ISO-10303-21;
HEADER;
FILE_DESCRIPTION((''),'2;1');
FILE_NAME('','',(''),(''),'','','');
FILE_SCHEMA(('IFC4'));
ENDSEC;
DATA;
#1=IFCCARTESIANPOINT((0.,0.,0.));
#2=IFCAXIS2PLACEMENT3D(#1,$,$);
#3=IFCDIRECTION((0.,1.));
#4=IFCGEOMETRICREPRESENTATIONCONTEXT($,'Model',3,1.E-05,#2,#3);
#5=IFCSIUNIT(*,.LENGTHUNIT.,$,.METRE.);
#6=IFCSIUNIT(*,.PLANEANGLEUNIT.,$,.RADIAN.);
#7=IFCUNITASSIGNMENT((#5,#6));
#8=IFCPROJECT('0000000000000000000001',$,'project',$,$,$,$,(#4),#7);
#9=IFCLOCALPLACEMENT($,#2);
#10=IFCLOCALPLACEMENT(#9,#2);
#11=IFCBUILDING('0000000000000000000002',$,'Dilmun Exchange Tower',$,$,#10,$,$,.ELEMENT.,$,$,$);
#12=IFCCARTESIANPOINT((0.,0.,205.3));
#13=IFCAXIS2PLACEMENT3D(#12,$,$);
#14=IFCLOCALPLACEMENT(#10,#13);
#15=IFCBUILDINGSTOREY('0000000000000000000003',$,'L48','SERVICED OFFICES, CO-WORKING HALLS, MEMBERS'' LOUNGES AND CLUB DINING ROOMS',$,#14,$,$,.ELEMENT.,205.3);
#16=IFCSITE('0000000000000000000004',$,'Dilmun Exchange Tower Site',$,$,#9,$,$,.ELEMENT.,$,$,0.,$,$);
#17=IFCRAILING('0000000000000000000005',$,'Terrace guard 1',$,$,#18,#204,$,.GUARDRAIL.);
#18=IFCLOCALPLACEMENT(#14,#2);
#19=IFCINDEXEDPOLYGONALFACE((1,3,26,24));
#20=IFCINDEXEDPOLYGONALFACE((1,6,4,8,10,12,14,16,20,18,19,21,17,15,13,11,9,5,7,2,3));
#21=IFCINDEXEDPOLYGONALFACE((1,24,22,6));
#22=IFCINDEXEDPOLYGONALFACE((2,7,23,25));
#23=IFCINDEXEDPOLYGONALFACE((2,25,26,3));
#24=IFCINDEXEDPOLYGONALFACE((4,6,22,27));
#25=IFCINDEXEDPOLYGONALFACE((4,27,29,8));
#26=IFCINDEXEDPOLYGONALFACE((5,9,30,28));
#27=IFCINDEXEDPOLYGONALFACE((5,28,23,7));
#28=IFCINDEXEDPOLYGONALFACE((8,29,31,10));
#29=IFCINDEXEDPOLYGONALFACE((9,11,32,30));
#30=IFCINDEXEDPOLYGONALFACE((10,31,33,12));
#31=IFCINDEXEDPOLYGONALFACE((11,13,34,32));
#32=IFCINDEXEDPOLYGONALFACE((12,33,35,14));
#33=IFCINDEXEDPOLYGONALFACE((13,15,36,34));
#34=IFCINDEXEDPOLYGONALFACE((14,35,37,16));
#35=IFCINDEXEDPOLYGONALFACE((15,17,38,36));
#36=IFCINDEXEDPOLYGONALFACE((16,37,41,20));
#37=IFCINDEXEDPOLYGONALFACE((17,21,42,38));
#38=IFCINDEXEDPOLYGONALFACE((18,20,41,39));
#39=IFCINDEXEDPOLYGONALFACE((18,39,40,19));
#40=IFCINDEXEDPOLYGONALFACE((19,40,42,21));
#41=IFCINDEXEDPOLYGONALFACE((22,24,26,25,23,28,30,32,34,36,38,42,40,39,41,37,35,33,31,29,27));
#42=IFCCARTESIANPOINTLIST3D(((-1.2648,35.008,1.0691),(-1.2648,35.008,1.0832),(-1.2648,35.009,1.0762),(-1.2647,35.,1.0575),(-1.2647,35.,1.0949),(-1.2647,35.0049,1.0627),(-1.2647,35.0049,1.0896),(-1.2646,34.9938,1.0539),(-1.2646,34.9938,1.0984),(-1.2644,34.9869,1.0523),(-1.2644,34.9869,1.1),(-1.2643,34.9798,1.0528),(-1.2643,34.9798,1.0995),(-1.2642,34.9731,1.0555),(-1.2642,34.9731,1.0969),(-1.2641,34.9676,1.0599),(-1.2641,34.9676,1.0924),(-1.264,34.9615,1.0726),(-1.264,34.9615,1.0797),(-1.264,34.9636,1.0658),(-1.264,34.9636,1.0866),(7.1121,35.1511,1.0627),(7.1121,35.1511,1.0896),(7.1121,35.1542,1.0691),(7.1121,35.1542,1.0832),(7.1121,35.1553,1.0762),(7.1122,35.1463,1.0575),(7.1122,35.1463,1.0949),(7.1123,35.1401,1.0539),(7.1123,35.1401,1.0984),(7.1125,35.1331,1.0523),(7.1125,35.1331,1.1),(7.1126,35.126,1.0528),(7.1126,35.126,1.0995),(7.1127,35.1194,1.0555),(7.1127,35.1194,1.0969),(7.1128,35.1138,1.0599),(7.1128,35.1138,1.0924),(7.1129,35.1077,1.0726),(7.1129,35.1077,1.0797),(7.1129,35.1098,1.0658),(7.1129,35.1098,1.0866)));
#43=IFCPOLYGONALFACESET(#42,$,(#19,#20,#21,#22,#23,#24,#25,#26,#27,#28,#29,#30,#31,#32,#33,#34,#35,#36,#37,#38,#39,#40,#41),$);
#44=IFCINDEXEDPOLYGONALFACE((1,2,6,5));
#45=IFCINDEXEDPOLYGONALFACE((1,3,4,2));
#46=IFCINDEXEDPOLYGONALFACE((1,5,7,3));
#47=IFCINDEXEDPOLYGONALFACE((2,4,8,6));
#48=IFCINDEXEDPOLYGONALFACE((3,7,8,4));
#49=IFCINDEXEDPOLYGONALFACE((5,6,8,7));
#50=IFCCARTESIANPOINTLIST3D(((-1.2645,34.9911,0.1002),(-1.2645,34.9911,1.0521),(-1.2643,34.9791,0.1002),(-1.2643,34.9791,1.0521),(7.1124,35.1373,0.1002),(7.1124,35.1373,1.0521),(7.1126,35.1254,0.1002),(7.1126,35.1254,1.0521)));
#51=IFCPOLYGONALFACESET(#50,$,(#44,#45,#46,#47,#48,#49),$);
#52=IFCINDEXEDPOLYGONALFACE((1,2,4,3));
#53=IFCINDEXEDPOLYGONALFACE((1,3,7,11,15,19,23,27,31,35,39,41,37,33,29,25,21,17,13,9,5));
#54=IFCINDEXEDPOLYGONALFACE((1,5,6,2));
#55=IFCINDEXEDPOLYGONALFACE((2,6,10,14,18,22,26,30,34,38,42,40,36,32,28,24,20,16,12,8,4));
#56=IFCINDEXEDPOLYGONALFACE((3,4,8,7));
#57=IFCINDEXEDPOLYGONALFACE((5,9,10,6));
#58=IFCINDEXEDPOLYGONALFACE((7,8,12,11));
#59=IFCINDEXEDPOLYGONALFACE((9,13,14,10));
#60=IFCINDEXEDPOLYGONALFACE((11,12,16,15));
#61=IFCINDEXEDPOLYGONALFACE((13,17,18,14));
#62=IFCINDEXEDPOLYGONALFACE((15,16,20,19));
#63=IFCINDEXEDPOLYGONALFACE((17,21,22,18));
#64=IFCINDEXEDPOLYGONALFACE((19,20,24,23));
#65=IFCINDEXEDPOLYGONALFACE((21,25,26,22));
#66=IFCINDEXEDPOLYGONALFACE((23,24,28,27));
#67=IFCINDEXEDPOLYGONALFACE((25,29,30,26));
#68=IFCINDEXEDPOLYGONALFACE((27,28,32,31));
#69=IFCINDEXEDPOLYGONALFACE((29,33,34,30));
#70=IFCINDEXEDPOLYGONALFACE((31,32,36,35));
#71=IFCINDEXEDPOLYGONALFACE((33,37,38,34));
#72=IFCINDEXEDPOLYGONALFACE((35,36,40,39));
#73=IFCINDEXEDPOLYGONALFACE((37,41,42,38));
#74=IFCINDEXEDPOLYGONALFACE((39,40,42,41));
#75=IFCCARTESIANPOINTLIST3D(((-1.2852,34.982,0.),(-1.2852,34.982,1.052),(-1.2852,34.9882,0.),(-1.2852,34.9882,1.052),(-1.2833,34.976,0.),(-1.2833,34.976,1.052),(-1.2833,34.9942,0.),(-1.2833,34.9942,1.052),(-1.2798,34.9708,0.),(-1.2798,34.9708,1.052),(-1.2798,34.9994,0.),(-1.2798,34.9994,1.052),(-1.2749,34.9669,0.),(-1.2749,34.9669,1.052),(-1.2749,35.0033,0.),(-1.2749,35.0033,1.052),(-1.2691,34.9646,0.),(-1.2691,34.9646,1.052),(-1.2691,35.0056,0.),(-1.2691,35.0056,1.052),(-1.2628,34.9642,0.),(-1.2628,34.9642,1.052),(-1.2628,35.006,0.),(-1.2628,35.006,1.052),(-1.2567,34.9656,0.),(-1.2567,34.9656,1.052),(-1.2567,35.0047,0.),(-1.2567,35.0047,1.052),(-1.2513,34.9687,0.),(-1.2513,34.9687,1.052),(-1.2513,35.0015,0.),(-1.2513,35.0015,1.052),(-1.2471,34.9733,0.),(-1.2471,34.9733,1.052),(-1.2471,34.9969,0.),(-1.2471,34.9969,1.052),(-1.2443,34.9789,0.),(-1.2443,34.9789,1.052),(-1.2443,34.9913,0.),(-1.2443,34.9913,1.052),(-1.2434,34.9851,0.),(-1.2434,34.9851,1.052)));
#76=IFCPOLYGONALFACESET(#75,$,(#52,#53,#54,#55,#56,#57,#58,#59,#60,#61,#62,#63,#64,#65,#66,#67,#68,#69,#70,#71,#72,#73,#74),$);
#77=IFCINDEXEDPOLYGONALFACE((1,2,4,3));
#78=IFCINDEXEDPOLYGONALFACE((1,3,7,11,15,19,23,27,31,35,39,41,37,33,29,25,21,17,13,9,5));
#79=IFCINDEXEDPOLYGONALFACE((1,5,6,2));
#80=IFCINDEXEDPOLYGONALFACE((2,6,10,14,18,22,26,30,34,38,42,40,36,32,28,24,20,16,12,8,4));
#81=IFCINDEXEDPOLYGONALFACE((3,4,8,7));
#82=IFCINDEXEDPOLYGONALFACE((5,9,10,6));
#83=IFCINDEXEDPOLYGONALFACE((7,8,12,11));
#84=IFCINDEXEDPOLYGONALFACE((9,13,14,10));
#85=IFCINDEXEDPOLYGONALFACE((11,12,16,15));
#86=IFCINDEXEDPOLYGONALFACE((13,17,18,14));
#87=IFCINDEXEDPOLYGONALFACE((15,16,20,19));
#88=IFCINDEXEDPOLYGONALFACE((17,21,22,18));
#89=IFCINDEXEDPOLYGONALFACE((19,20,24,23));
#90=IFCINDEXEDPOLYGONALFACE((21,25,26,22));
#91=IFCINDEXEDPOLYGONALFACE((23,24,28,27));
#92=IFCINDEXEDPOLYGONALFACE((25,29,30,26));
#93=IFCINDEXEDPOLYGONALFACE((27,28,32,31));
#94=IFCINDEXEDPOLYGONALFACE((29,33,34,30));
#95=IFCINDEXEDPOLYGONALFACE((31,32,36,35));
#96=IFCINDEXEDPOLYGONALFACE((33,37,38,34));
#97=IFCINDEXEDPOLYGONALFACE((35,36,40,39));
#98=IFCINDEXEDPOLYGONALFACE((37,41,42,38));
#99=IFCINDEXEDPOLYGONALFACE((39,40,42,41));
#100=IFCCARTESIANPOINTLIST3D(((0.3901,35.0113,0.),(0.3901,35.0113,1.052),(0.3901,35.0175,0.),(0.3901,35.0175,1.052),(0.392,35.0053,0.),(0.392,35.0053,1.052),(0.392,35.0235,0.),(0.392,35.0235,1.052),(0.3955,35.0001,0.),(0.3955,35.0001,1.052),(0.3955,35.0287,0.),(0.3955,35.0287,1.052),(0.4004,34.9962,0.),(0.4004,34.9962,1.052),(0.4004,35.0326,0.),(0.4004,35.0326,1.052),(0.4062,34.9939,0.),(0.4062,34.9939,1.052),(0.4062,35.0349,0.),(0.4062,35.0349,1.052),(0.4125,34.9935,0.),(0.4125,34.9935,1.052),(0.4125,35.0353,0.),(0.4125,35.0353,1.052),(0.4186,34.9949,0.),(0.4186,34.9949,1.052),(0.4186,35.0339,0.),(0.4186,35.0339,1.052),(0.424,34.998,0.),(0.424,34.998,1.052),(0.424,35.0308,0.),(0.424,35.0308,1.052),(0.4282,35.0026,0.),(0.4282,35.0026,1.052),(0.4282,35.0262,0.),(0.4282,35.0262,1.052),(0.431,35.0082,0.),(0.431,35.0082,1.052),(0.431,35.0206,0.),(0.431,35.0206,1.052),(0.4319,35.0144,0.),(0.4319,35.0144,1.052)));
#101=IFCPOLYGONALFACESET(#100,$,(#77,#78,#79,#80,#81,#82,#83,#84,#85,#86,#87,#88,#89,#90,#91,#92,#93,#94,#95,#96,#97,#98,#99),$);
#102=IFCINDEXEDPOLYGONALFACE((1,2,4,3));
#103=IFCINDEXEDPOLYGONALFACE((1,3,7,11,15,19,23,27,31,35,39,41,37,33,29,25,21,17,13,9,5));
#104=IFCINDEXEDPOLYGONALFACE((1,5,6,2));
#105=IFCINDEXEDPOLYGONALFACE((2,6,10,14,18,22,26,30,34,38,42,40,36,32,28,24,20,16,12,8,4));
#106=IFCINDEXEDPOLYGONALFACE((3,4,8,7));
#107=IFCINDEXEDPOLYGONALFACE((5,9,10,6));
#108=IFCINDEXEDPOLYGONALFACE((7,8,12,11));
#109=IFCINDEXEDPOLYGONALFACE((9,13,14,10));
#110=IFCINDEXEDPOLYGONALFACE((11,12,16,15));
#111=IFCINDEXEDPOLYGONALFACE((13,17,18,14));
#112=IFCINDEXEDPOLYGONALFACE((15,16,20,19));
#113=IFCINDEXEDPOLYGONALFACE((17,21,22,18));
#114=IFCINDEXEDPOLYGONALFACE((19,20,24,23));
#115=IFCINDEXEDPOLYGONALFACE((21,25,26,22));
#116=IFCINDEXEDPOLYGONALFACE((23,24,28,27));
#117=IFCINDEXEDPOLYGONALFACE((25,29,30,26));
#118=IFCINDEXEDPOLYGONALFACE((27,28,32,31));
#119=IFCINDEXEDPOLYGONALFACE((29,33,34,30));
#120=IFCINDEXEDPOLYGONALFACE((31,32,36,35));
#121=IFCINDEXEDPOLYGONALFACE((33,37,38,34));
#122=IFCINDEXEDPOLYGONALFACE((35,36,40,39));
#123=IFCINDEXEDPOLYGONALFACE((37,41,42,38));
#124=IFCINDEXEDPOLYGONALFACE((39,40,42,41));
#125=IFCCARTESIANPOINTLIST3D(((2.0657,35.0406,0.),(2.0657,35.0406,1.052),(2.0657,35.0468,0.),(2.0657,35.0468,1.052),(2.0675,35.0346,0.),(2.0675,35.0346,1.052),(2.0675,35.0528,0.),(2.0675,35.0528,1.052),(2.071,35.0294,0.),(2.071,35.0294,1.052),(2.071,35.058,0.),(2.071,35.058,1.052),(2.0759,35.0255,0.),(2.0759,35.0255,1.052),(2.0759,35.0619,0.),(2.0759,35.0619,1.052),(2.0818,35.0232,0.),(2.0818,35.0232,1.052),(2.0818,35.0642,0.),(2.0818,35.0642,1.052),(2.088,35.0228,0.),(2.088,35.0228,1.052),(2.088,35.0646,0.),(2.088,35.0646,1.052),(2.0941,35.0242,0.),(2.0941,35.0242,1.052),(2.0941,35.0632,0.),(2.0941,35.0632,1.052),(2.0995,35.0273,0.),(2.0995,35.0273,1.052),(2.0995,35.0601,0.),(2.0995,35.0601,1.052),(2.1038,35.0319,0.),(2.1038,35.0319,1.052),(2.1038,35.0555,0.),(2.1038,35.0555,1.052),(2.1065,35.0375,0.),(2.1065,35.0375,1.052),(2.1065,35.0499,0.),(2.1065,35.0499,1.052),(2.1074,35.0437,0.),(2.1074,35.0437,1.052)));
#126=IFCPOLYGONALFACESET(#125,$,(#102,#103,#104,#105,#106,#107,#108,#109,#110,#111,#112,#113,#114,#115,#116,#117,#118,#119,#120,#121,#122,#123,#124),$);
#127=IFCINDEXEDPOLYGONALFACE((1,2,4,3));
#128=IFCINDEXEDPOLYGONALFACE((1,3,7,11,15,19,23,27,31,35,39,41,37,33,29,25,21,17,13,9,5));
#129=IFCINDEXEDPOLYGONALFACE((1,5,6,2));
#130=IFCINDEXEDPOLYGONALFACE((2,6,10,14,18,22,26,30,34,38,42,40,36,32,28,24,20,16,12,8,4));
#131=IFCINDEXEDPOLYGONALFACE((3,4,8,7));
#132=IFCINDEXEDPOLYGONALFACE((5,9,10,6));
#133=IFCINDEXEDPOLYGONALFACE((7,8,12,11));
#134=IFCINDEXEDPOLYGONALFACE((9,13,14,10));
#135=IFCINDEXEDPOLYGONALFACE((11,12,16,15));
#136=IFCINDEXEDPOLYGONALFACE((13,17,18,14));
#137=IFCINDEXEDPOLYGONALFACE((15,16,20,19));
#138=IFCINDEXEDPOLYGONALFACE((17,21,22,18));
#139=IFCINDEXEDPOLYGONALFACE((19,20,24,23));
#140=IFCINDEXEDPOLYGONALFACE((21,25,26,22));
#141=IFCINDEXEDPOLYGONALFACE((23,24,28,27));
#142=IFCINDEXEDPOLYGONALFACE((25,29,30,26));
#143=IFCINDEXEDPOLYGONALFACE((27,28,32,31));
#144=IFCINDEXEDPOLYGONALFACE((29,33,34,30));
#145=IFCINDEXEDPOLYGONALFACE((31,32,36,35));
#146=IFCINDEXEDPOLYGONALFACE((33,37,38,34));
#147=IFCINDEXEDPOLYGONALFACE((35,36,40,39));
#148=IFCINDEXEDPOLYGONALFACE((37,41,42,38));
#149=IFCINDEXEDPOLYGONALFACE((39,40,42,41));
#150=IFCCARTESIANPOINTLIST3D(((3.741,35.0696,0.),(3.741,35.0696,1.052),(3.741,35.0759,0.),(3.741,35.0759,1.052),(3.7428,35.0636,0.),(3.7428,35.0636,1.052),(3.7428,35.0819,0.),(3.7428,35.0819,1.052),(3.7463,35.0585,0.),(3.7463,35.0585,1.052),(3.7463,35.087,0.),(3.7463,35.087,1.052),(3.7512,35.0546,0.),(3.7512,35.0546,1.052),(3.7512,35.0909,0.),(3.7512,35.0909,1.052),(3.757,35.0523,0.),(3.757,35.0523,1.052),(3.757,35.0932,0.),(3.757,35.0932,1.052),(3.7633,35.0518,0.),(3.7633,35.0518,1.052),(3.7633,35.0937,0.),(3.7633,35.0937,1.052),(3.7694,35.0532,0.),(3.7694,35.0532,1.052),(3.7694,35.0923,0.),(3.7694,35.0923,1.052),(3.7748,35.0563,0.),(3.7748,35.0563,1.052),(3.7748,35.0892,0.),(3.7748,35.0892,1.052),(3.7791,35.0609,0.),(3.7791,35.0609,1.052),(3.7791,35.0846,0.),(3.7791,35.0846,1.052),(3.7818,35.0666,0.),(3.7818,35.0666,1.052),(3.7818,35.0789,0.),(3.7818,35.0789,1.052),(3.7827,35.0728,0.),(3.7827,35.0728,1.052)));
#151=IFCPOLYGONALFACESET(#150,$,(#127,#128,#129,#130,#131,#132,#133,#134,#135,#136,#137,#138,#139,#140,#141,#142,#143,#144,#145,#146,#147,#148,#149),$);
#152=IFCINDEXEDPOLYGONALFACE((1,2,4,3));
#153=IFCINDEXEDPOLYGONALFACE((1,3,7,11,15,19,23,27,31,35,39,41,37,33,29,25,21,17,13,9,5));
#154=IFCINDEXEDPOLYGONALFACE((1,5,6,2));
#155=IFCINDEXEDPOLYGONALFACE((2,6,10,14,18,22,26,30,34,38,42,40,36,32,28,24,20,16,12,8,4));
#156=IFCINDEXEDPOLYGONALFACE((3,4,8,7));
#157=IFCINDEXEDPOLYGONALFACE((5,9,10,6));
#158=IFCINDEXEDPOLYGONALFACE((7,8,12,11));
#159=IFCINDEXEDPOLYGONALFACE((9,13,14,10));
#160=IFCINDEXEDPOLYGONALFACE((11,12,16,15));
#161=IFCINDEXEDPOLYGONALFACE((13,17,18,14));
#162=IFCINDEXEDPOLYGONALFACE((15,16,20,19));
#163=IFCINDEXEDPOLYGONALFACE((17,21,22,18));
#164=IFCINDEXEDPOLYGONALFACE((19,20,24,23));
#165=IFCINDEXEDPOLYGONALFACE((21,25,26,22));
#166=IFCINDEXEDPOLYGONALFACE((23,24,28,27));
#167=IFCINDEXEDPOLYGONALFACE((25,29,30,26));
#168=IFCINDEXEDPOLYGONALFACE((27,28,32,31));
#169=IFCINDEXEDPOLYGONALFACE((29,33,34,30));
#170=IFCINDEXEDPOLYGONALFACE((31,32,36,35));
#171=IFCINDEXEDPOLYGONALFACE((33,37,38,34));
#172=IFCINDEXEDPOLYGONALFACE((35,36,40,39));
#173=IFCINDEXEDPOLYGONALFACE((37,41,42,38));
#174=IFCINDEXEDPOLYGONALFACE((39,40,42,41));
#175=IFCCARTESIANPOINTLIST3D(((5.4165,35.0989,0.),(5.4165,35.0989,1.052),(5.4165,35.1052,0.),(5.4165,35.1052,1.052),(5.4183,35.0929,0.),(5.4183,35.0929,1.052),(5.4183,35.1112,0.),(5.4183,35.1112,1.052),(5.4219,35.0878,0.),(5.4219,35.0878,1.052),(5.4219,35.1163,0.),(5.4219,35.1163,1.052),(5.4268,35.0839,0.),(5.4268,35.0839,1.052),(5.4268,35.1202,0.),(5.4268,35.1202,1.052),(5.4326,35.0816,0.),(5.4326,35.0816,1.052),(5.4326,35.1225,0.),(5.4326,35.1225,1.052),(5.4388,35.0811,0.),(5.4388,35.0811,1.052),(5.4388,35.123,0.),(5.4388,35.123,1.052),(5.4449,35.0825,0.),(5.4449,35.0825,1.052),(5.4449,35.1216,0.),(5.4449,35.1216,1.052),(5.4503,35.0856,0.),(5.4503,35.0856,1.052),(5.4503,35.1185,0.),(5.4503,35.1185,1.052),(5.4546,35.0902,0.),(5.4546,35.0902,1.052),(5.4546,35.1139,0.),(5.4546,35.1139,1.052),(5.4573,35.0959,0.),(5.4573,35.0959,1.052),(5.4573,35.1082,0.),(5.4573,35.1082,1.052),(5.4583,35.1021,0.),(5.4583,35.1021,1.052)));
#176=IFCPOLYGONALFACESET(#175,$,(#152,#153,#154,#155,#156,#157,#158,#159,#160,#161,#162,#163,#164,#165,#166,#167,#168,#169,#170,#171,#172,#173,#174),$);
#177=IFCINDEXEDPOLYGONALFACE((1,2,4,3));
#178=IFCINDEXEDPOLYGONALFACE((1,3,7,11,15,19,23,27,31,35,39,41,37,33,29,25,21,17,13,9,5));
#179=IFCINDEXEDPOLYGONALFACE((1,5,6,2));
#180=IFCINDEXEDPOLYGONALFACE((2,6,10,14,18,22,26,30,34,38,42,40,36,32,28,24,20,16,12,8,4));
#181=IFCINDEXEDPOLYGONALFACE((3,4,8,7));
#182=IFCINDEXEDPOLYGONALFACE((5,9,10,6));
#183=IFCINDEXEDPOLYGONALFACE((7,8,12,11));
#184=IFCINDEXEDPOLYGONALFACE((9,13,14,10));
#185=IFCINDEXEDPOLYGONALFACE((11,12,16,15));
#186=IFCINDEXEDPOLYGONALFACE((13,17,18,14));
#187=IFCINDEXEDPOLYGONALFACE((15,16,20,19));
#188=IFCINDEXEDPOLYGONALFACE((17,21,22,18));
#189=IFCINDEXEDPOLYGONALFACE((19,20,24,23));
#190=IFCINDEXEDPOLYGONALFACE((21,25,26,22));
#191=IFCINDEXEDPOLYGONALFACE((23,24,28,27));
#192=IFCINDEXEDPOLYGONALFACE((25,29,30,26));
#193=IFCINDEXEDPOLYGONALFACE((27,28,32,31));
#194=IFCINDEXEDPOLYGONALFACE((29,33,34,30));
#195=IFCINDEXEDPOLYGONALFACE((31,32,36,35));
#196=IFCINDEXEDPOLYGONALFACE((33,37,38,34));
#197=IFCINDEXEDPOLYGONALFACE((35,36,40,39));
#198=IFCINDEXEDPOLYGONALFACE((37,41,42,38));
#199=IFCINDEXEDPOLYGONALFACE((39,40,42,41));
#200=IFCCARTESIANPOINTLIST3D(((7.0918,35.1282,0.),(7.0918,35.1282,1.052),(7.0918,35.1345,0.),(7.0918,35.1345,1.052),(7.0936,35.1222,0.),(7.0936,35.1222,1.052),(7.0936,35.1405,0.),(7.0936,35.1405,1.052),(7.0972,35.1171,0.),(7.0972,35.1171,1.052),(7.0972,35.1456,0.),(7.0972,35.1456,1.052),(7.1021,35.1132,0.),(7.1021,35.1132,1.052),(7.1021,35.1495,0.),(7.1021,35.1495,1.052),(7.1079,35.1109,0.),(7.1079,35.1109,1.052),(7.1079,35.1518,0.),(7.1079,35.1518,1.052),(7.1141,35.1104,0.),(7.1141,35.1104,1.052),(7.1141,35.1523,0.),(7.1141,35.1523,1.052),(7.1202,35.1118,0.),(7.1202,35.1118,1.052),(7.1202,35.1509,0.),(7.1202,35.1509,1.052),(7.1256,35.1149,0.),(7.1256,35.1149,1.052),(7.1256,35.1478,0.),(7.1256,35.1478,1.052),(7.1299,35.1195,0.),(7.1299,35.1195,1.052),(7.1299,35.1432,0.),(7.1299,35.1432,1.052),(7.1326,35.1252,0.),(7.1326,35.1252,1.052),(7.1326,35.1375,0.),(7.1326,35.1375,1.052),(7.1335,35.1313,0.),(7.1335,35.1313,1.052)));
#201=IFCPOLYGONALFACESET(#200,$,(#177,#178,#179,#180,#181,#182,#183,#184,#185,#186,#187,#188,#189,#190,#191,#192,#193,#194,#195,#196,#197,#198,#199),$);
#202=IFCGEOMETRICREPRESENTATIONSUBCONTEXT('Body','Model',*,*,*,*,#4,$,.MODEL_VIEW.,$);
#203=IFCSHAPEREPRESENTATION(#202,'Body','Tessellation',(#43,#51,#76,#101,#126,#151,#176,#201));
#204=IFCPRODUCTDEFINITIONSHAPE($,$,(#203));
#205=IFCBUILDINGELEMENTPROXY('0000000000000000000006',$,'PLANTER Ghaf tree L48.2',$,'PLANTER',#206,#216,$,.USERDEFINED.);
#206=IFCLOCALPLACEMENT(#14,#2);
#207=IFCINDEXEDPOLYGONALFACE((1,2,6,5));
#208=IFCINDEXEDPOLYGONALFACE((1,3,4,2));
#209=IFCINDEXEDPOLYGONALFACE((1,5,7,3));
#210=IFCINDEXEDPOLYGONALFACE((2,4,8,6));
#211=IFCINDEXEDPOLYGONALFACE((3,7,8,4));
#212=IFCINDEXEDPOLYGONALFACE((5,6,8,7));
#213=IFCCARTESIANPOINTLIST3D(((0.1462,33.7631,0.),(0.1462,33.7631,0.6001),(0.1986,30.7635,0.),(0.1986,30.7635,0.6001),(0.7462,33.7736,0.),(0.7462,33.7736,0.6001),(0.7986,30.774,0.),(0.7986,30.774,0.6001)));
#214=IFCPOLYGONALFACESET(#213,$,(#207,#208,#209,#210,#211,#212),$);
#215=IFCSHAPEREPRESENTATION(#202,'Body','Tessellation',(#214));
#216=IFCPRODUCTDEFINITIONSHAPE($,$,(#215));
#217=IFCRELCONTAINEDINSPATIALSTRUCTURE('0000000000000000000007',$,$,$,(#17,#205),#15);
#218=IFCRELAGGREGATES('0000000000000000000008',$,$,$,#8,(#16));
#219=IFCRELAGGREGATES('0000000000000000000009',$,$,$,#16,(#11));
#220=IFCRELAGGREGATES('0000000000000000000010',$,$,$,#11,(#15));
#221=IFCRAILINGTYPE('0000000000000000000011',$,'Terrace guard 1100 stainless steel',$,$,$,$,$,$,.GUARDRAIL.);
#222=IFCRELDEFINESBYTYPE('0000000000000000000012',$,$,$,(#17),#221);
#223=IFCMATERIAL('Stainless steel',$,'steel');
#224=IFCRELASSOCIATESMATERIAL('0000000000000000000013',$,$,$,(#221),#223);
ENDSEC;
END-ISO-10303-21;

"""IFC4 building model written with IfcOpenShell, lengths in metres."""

from ifc_helpers import new_model, si_unit, direction, frame, origin, origin_2d, place, context, subcontext, project, spatial, rectangle, circle, extrude, material, type_object, element, save


model = new_model("IFC4")

# Units and contexts
model_context = context("Model", 3, precision=1e-05, world=origin(), true_north=direction((0.0, 1.0)))
body_context = subcontext(model_context, "Body", "Model", "MODEL_VIEW")
ifc_project = project(units=[si_unit("LENGTHUNIT", "METRE"), si_unit("PLANEANGLEUNIT", "RADIAN")], contexts=[model_context])

# Site, building, storey
site_placement = place(None, origin())
site = spatial("IfcSite", under=ifc_project, at=site_placement, Name="Dilmun Exchange Tower Site", CompositionType="ELEMENT", RefElevation=0.0)
building_placement = place(site_placement, origin())
building = spatial("IfcBuilding", under=site, at=building_placement, Name="Dilmun Exchange Tower", CompositionType="ELEMENT")
storey_placement = place(building_placement, frame((0.0, 0.0, 205.3)))
storey = spatial("IfcBuildingStorey", under=building, at=storey_placement, Name="L48", Description="SERVICED OFFICES, CO-WORKING HALLS, MEMBERS' LOUNGES AND CLUB DINING ROOMS", CompositionType="ELEMENT", Elevation=205.3)

# Railing
ifc_material_1 = material(Name="Stainless steel", Category="steel")
railing_type = type_object("IfcRailingType", Name="Terrace guard 1100 stainless steel", PredefinedType="GUARDRAIL", material=ifc_material_1)
railing_placement = place(storey_placement, frame((-1.2644, 34.9851, 0.0)))
element("IfcRailing", 1, at=railing_placement, inside=storey, type_object=railing_type, Name="Terrace guard 1", PredefinedType="GUARDRAIL", context=body_context, shape_type="SweptSolid", body=[
    extrude(circle(Radius=0.0239, at=origin_2d()), frame((0.0, 0.0, 1.0762), z_axis=(0.999848, 0.017455, 0.0), x_axis=(-0.017455, 0.999848, 0.0)), (0.0, 0.0, 1.0), 8.3782),
    extrude(rectangle(XDim=0.012, YDim=0.9519, at=origin_2d()), frame((0.0, 0.0, 0.5762), z_axis=(0.999848, 0.017455, 0.0), x_axis=(-0.017455, 0.999848, 0.0)), (0.0, 0.0, 1.0), 8.3782),
    extrude(circle(Radius=0.021, at=origin_2d()), origin(), (0.0, 0.0, 1.0), 1.052),
    extrude(circle(Radius=0.021, at=origin_2d()), frame((1.6753, 0.0293, 0.0)), (0.0, 0.0, 1.0), 1.052),
    extrude(circle(Radius=0.021, at=origin_2d()), frame((3.3508, 0.0586, 0.0)), (0.0, 0.0, 1.0), 1.052),
    extrude(circle(Radius=0.021, at=origin_2d()), frame((5.0261, 0.0876, 0.0)), (0.0, 0.0, 1.0), 1.052),
    extrude(circle(Radius=0.021, at=origin_2d()), frame((6.7017, 0.1169, 0.0)), (0.0, 0.0, 1.0), 1.052),
    extrude(circle(Radius=0.021, at=origin_2d()), frame((8.377, 0.1462, 0.0)), (0.0, 0.0, 1.0), 1.052),
])

# Building element proxy
proxy_placement = place(storey_placement, frame((0.4724, 32.2686, 0.0), z_axis=(0.0, 0.0, 1.0), x_axis=(-0.017452, 0.999848, 0.0)))
element("IfcBuildingElementProxy", 2, at=proxy_placement, inside=storey, Name="PLANTER Ghaf tree L48.2", ObjectType="PLANTER", PredefinedType="USERDEFINED", context=body_context, shape_type="SweptSolid", body=[
    extrude(rectangle(XDim=3.0, YDim=0.6001, at=origin_2d()), origin(), (0.0, 0.0, 1.0), 0.6001),
])

save(model, "model.ifc")
